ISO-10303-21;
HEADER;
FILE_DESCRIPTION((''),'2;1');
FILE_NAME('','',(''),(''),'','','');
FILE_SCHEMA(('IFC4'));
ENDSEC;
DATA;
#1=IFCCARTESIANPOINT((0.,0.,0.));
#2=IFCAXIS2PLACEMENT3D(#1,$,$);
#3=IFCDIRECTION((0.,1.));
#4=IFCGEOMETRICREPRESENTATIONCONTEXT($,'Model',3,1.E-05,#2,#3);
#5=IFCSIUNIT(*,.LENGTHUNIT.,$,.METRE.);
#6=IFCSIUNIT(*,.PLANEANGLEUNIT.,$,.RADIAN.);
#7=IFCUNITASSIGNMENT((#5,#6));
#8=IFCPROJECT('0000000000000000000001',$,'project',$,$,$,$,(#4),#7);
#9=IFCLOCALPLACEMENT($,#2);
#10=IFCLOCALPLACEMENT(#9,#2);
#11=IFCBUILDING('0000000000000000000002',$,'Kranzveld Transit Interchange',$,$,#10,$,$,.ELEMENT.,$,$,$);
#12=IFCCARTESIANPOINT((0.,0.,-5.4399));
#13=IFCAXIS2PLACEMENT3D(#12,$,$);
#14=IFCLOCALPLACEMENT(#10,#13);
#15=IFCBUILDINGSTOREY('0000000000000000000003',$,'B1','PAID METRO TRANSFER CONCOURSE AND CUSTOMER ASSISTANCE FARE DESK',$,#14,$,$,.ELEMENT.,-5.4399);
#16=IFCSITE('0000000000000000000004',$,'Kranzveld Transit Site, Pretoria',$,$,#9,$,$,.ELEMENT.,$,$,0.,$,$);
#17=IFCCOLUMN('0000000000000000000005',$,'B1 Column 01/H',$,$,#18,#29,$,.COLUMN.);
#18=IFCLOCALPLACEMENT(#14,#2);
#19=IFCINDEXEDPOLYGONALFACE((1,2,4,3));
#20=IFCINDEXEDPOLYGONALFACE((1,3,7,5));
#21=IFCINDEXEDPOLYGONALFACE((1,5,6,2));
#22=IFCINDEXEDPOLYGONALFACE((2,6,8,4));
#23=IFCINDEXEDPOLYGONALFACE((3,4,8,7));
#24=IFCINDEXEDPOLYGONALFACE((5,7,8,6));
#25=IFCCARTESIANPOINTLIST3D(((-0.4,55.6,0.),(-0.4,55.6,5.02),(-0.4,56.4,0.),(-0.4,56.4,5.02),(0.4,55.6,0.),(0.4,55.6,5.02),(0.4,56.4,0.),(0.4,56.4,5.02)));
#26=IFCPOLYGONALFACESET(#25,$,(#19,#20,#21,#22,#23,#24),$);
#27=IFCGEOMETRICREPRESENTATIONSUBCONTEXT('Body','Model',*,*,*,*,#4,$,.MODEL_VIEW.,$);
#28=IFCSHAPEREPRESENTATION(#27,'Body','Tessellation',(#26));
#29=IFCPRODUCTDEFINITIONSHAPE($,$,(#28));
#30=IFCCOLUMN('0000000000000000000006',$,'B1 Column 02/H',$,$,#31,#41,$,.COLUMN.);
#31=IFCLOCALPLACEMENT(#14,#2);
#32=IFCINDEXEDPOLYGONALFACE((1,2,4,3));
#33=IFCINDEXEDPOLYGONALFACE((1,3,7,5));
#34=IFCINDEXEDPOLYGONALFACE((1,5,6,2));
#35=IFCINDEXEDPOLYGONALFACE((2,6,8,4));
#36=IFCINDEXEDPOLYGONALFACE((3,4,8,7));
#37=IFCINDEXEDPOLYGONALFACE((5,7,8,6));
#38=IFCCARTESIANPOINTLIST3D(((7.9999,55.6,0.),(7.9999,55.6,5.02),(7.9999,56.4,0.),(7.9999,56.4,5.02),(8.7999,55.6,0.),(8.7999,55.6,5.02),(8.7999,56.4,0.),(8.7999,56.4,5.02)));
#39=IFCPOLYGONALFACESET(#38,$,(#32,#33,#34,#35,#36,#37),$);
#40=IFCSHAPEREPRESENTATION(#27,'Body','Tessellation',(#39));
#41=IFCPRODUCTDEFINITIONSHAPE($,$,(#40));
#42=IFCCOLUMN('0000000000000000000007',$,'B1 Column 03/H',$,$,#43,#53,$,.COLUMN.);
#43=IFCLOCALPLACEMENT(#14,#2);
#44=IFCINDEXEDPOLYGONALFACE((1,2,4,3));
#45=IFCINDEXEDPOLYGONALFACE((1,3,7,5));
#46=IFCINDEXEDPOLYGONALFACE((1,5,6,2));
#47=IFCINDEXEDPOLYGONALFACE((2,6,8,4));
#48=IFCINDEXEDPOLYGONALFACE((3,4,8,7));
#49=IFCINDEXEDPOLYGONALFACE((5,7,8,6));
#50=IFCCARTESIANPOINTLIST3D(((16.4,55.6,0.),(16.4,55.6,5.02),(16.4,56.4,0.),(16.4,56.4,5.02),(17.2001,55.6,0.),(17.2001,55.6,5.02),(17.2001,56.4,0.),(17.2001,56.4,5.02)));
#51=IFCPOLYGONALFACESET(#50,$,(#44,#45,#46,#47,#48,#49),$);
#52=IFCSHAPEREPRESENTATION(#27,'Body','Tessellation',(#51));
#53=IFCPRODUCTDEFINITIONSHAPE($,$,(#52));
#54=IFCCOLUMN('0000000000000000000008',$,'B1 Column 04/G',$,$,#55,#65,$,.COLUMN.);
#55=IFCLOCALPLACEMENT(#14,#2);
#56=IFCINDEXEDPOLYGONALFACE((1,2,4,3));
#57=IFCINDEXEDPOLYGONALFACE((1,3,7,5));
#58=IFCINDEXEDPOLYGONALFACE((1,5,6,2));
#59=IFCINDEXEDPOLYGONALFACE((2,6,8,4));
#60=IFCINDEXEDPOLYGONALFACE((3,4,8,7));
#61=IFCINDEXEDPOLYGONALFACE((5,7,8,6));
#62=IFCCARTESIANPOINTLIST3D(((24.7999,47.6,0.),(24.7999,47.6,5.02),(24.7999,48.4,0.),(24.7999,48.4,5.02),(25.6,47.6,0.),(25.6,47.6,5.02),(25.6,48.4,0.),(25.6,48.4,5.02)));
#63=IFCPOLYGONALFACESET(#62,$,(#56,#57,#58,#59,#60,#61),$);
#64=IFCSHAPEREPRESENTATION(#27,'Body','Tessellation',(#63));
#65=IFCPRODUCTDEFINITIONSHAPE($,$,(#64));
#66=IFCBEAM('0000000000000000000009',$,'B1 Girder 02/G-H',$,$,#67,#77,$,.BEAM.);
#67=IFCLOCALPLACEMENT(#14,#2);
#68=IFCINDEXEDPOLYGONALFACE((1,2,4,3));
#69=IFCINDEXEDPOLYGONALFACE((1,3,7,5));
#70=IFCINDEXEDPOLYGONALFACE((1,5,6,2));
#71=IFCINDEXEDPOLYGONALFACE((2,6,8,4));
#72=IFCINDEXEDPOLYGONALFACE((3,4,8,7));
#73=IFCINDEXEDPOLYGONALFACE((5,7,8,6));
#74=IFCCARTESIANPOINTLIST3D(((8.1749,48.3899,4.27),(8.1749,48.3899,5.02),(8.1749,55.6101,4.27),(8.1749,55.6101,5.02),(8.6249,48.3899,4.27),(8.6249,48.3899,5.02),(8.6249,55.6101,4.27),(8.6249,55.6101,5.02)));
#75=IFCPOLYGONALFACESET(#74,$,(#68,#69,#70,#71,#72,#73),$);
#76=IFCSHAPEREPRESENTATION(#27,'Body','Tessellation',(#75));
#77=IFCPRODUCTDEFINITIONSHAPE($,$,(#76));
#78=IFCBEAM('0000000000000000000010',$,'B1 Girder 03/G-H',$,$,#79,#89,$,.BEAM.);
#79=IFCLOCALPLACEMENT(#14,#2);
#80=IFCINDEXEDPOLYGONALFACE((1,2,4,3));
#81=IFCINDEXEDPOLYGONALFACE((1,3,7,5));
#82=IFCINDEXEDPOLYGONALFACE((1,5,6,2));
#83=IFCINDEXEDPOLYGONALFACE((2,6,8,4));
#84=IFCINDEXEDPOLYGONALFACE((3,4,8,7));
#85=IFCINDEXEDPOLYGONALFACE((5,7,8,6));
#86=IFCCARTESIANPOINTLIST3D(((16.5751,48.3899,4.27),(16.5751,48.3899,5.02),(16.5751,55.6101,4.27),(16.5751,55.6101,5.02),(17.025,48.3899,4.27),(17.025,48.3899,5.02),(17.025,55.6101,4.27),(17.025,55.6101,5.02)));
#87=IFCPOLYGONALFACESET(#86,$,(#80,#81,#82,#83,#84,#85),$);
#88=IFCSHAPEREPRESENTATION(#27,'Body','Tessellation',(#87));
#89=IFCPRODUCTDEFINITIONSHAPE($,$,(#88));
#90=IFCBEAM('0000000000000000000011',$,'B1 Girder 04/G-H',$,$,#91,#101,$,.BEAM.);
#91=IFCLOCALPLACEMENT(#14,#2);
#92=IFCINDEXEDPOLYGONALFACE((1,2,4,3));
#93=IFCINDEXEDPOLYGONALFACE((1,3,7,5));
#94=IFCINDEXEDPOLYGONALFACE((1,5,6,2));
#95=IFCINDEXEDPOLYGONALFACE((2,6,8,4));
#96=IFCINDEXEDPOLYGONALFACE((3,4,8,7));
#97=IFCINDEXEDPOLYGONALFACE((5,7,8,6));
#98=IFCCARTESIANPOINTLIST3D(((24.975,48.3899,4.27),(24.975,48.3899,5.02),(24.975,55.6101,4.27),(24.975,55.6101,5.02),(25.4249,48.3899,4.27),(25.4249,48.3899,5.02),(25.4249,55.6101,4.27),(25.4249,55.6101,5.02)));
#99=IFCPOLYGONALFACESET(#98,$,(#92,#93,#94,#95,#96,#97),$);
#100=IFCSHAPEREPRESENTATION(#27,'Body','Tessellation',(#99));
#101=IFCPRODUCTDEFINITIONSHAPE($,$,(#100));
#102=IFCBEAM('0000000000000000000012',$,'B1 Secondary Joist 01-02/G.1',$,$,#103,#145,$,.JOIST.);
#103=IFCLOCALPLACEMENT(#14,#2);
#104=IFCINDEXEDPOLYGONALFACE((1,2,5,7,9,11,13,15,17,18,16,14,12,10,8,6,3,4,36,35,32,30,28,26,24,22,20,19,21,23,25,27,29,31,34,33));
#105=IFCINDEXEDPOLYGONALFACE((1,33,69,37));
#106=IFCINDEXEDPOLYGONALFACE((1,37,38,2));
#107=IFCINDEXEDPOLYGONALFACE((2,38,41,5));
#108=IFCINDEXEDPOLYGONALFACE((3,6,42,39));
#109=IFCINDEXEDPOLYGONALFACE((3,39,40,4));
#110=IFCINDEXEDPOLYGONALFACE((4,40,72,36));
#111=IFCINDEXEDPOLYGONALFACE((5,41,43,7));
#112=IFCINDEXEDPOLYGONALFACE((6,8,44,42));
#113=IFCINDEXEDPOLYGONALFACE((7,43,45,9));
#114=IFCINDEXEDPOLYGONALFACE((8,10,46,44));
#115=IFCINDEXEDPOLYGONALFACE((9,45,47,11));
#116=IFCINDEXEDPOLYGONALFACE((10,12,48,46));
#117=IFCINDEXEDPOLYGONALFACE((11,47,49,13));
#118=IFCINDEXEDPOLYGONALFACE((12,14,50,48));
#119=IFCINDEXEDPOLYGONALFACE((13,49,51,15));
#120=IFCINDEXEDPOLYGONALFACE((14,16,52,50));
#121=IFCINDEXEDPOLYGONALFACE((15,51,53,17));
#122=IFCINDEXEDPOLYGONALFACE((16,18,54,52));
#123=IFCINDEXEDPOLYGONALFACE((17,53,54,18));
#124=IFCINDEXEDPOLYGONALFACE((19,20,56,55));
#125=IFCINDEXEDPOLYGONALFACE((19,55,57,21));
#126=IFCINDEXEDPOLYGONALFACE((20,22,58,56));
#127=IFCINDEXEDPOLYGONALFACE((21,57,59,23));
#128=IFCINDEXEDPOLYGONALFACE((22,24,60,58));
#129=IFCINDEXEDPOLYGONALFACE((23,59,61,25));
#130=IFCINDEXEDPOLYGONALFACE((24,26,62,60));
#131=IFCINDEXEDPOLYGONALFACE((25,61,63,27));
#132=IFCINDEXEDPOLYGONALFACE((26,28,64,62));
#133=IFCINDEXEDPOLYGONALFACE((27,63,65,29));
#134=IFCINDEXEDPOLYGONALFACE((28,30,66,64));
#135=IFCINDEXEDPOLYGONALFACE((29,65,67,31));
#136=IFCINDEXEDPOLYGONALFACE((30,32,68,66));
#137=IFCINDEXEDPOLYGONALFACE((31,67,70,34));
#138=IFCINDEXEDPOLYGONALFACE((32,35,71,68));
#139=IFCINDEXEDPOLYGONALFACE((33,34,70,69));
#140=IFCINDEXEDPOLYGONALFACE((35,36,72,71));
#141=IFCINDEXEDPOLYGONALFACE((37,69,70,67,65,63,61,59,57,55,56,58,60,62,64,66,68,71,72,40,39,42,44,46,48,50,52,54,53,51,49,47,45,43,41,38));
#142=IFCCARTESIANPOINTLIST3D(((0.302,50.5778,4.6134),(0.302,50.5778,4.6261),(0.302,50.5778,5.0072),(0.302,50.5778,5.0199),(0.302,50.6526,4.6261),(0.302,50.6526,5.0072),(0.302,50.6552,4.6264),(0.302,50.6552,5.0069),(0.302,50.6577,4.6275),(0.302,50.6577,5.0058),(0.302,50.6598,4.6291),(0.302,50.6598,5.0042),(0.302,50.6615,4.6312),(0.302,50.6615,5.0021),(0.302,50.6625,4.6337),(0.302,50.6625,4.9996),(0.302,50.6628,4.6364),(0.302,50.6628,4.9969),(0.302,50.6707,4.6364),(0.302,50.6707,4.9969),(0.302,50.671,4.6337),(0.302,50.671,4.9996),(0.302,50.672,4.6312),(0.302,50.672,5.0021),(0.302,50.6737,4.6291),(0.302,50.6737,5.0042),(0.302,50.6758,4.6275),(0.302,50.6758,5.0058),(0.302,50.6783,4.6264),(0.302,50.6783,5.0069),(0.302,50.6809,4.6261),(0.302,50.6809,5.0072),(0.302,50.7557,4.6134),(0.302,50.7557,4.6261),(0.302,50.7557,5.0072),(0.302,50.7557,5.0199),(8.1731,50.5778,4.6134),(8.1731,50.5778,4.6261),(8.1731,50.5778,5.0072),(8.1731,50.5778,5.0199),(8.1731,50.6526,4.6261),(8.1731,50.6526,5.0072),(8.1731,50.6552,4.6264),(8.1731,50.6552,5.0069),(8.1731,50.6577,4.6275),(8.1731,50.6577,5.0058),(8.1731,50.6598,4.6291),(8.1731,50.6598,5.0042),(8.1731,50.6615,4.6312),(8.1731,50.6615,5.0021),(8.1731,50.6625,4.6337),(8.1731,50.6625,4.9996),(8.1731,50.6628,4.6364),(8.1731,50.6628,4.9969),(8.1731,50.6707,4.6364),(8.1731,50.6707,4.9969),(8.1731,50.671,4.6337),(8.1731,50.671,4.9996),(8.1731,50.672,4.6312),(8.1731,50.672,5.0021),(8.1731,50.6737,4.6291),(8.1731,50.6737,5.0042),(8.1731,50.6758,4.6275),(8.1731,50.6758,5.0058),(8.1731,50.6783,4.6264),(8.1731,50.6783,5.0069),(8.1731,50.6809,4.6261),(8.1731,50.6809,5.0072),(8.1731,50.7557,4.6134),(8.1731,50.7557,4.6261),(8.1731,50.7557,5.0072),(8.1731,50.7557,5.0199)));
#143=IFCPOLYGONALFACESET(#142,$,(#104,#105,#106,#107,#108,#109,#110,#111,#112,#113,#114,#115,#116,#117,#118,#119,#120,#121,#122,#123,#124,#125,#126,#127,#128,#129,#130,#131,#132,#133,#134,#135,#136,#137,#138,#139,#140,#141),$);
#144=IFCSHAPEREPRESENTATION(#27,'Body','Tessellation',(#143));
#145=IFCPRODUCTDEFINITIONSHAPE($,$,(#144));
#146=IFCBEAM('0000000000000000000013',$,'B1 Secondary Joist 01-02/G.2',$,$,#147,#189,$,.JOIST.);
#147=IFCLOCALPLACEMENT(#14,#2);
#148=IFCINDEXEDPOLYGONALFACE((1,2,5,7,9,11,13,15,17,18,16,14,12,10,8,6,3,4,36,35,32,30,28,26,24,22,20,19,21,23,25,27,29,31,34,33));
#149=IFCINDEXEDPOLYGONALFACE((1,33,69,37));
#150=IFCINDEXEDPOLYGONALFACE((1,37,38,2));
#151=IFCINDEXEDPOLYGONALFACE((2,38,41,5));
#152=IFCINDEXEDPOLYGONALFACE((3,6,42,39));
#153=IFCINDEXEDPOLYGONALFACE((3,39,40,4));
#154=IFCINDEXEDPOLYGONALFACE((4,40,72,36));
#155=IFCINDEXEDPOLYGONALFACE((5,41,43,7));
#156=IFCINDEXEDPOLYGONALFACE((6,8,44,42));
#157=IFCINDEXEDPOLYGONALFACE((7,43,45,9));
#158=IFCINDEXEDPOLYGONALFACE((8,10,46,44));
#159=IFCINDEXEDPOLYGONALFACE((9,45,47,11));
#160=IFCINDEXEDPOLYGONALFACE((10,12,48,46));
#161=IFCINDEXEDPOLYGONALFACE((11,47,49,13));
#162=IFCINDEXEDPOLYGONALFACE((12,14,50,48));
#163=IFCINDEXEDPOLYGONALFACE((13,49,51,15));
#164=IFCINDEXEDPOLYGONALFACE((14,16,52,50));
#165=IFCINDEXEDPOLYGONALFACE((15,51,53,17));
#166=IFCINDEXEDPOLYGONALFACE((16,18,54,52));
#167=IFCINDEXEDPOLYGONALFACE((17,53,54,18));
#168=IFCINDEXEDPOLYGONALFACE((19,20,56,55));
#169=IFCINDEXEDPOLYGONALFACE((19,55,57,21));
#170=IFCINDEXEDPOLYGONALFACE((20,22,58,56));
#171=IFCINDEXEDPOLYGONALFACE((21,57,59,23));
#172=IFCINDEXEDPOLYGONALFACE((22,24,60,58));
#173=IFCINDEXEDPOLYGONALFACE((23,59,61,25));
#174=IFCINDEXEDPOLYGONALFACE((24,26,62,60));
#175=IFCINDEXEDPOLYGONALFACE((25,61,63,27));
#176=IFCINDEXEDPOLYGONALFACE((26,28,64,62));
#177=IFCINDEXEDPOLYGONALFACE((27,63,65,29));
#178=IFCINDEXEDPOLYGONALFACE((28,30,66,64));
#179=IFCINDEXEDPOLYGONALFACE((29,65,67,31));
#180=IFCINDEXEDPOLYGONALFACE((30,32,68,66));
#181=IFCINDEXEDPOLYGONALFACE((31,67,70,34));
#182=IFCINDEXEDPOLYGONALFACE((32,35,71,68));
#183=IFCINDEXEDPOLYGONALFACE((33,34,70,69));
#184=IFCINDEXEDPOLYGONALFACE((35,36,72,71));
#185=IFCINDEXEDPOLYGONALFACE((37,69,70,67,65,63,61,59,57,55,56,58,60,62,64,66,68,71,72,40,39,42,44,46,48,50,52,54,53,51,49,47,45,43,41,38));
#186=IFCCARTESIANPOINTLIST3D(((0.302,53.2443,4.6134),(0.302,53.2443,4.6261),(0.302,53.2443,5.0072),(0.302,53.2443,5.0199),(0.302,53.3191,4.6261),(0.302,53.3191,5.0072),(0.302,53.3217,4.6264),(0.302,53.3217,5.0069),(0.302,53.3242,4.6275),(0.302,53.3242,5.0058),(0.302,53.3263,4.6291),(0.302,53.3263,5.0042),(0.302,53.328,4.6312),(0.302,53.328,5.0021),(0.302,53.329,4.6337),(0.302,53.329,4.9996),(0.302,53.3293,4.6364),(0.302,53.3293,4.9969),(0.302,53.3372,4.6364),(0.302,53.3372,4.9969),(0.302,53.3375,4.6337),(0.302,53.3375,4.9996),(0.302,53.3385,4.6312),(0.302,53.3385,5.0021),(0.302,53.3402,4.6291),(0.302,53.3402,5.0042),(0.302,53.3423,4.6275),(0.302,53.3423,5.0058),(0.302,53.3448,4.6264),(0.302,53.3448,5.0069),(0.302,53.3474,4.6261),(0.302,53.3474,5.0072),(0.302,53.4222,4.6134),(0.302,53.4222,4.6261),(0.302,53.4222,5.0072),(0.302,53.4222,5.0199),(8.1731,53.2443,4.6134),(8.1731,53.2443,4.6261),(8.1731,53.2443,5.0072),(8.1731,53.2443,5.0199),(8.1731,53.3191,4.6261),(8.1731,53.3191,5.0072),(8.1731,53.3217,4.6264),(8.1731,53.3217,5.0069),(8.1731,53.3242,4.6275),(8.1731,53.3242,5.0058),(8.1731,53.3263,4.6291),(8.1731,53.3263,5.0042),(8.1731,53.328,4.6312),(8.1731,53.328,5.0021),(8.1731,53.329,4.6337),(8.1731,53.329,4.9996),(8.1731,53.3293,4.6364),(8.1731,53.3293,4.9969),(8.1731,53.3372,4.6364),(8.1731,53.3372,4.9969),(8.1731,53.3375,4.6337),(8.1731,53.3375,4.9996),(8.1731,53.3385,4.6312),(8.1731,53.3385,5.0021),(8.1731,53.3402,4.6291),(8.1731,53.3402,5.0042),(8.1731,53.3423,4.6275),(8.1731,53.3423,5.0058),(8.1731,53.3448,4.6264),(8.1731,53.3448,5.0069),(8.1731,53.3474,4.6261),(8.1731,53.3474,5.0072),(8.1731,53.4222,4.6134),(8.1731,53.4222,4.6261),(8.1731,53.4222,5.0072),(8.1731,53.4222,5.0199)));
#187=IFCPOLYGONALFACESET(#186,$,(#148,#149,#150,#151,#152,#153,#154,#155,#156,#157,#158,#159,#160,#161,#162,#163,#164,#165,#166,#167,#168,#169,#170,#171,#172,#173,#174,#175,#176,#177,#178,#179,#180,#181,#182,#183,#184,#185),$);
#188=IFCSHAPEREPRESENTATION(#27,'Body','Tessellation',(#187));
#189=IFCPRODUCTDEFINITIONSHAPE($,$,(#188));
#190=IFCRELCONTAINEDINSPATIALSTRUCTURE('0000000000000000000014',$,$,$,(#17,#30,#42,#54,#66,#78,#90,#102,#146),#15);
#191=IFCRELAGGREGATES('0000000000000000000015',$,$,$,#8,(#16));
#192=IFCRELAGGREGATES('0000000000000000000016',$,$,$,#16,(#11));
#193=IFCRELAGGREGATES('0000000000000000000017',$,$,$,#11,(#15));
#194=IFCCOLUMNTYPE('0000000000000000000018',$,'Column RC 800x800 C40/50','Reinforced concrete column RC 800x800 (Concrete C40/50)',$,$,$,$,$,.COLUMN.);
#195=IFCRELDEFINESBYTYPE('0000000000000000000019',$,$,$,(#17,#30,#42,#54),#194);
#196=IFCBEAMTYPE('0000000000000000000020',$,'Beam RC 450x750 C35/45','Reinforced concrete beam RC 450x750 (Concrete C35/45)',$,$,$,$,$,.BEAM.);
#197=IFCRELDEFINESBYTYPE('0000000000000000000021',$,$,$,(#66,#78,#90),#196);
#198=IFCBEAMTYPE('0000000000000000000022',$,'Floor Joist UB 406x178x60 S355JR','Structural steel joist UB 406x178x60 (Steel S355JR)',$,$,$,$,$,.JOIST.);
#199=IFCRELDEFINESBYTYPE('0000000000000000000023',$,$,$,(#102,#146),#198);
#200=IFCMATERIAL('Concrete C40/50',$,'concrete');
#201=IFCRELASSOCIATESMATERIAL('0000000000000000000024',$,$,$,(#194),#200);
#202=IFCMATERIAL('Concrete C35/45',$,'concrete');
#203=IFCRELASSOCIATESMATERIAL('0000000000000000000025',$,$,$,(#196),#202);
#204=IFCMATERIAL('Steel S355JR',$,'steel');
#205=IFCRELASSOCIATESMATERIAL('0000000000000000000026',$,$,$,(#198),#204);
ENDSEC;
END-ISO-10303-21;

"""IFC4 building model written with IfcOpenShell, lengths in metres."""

from ifc_helpers import new_model, si_unit, direction, frame, origin, origin_2d, place, context, subcontext, project, spatial, rectangle, i_section, extrude, material, material_profile, profile_set, type_object, element, save


model = new_model("IFC4")

# Units and contexts
model_context = context("Model", 3, precision=1e-05, world=origin(), true_north=direction((0.0, 1.0)))
body_context = subcontext(model_context, "Body", "Model", "MODEL_VIEW")
ifc_project = project(units=[si_unit("LENGTHUNIT", "METRE"), si_unit("PLANEANGLEUNIT", "RADIAN")], contexts=[model_context])

# Site, building, storey
site_placement = place(None, origin())
site = spatial("IfcSite", under=ifc_project, at=site_placement, Name="Kranzveld Transit Site, Pretoria", CompositionType="ELEMENT", RefElevation=0.0)
building_placement = place(site_placement, origin())
building = spatial("IfcBuilding", under=site, at=building_placement, Name="Kranzveld Transit Interchange", CompositionType="ELEMENT")
storey_placement = place(building_placement, frame((0.0, 0.0, -5.4399)))
storey = spatial("IfcBuildingStorey", under=building, at=storey_placement, Name="B1", Description="PAID METRO TRANSFER CONCOURSE AND CUSTOMER ASSISTANCE FARE DESK", CompositionType="ELEMENT", Elevation=-5.4399)

# Columns
ifc_material_1 = material(Name="Concrete C40/50", Category="concrete")
ifc_material_profile_1 = material_profile(ifc_material_1, rectangle(XDim=0.8, YDim=0.8, at=origin_2d()), Name="RC 800x800")
ifc_profile_set_1 = profile_set([ifc_material_profile_1], Name="Concrete C40/50")
column_type = type_object("IfcColumnType", Name="Column RC 800x800 C40/50", Description="Reinforced concrete column RC 800x800 (Concrete C40/50)", PredefinedType="COLUMN", material=ifc_profile_set_1)
for number, where, z_axis, x_axis, name in (
    (1, (0.0, 56.0, 0.0), (0.0, 0.0, 1.0), (1.0, 0.0, 0.0), "B1 Column 01/H"),
    (2, (8.3999, 56.0, 0.0), (0.0, 0.0, 1.0), (1.0, 0.0, 0.0), "B1 Column 02/H"),
    (3, (16.8, 56.0, 0.0), (0.0, 0.0, 1.0), (1.0, 0.0, 0.0), "B1 Column 03/H"),
    (4, (25.2, 48.0, 0.0), (0.0, 0.0, 1.0), (1.0, 0.0, 0.0), "B1 Column 04/G"),
):
    element("IfcColumn", number, at=place(storey_placement, frame(where, z_axis=z_axis, x_axis=x_axis)), inside=storey, type_object=column_type, Name=name, PredefinedType="COLUMN", context=body_context, shape_type="SweptSolid", body=[
        extrude(rectangle(XDim=0.8, YDim=0.8, at=origin_2d()), origin(), (0.0, 0.0, 1.0), 5.02),
    ])

# Beams
ifc_material_2 = material(Name="Concrete C35/45", Category="concrete")
ifc_material_profile_2 = material_profile(ifc_material_2, rectangle(XDim=0.45, YDim=0.75, at=origin_2d()), Name="RC 450x750")
ifc_profile_set_2 = profile_set([ifc_material_profile_2], Name="Concrete C35/45")
beam_type_1 = type_object("IfcBeamType", Name="Beam RC 450x750 C35/45", Description="Reinforced concrete beam RC 450x750 (Concrete C35/45)", PredefinedType="BEAM", material=ifc_profile_set_2)
for number, where, z_axis, x_axis, name in (
    (5, (8.3999, 48.3899, 4.645), (0.0, 1.0, 0.0), (-1.0, 0.0, 0.0), "B1 Girder 02/G-H"),
    (6, (16.8, 48.3899, 4.645), (0.0, 1.0, 0.0), (-1.0, 0.0, 0.0), "B1 Girder 03/G-H"),
    (7, (25.2, 48.3899, 4.645), (0.0, 1.0, 0.0), (-1.0, 0.0, 0.0), "B1 Girder 04/G-H"),
):
    element("IfcBeam", number, at=place(storey_placement, frame(where, z_axis=z_axis, x_axis=x_axis)), inside=storey, type_object=beam_type_1, Name=name, PredefinedType="BEAM", context=body_context, shape_type="SweptSolid", body=[
        extrude(rectangle(XDim=0.45, YDim=0.75, at=origin_2d()), origin(), (0.0, 0.0, 1.0), 7.2202),
    ])
ifc_material_3 = material(Name="Steel S355JR", Category="steel")
ifc_material_profile_3 = material_profile(ifc_material_3, i_section(OverallWidth=0.178, OverallDepth=0.4065, WebThickness=0.0078, FlangeThickness=0.0127, FilletRadius=0.0103, at=origin_2d()), Name="UB 406x178x60")
ifc_profile_set_3 = profile_set([ifc_material_profile_3], Name="Steel S355JR")
beam_type_2 = type_object("IfcBeamType", Name="Floor Joist UB 406x178x60 S355JR", Description="Structural steel joist UB 406x178x60 (Steel S355JR)", PredefinedType="JOIST", material=ifc_profile_set_3)
for number, where, z_axis, x_axis, name in (
    (8, (0.302, 50.6667, 4.8167), (1.0, 0.0, 0.0), (0.0, 1.0, 0.0), "B1 Secondary Joist 01-02/G.1"),
    (9, (0.302, 53.3333, 4.8167), (1.0, 0.0, 0.0), (0.0, 1.0, 0.0), "B1 Secondary Joist 01-02/G.2"),
):
    element("IfcBeam", number, at=place(storey_placement, frame(where, z_axis=z_axis, x_axis=x_axis)), inside=storey, type_object=beam_type_2, Name=name, PredefinedType="JOIST", context=body_context, shape_type="SweptSolid", body=[
        extrude(i_section(OverallWidth=0.178, OverallDepth=0.4065, WebThickness=0.0078, FlangeThickness=0.0127, FilletRadius=0.0103, at=origin_2d()), origin(), (0.0, 0.0, 1.0), 7.8711),
    ])

save(model, "model.ifc")
